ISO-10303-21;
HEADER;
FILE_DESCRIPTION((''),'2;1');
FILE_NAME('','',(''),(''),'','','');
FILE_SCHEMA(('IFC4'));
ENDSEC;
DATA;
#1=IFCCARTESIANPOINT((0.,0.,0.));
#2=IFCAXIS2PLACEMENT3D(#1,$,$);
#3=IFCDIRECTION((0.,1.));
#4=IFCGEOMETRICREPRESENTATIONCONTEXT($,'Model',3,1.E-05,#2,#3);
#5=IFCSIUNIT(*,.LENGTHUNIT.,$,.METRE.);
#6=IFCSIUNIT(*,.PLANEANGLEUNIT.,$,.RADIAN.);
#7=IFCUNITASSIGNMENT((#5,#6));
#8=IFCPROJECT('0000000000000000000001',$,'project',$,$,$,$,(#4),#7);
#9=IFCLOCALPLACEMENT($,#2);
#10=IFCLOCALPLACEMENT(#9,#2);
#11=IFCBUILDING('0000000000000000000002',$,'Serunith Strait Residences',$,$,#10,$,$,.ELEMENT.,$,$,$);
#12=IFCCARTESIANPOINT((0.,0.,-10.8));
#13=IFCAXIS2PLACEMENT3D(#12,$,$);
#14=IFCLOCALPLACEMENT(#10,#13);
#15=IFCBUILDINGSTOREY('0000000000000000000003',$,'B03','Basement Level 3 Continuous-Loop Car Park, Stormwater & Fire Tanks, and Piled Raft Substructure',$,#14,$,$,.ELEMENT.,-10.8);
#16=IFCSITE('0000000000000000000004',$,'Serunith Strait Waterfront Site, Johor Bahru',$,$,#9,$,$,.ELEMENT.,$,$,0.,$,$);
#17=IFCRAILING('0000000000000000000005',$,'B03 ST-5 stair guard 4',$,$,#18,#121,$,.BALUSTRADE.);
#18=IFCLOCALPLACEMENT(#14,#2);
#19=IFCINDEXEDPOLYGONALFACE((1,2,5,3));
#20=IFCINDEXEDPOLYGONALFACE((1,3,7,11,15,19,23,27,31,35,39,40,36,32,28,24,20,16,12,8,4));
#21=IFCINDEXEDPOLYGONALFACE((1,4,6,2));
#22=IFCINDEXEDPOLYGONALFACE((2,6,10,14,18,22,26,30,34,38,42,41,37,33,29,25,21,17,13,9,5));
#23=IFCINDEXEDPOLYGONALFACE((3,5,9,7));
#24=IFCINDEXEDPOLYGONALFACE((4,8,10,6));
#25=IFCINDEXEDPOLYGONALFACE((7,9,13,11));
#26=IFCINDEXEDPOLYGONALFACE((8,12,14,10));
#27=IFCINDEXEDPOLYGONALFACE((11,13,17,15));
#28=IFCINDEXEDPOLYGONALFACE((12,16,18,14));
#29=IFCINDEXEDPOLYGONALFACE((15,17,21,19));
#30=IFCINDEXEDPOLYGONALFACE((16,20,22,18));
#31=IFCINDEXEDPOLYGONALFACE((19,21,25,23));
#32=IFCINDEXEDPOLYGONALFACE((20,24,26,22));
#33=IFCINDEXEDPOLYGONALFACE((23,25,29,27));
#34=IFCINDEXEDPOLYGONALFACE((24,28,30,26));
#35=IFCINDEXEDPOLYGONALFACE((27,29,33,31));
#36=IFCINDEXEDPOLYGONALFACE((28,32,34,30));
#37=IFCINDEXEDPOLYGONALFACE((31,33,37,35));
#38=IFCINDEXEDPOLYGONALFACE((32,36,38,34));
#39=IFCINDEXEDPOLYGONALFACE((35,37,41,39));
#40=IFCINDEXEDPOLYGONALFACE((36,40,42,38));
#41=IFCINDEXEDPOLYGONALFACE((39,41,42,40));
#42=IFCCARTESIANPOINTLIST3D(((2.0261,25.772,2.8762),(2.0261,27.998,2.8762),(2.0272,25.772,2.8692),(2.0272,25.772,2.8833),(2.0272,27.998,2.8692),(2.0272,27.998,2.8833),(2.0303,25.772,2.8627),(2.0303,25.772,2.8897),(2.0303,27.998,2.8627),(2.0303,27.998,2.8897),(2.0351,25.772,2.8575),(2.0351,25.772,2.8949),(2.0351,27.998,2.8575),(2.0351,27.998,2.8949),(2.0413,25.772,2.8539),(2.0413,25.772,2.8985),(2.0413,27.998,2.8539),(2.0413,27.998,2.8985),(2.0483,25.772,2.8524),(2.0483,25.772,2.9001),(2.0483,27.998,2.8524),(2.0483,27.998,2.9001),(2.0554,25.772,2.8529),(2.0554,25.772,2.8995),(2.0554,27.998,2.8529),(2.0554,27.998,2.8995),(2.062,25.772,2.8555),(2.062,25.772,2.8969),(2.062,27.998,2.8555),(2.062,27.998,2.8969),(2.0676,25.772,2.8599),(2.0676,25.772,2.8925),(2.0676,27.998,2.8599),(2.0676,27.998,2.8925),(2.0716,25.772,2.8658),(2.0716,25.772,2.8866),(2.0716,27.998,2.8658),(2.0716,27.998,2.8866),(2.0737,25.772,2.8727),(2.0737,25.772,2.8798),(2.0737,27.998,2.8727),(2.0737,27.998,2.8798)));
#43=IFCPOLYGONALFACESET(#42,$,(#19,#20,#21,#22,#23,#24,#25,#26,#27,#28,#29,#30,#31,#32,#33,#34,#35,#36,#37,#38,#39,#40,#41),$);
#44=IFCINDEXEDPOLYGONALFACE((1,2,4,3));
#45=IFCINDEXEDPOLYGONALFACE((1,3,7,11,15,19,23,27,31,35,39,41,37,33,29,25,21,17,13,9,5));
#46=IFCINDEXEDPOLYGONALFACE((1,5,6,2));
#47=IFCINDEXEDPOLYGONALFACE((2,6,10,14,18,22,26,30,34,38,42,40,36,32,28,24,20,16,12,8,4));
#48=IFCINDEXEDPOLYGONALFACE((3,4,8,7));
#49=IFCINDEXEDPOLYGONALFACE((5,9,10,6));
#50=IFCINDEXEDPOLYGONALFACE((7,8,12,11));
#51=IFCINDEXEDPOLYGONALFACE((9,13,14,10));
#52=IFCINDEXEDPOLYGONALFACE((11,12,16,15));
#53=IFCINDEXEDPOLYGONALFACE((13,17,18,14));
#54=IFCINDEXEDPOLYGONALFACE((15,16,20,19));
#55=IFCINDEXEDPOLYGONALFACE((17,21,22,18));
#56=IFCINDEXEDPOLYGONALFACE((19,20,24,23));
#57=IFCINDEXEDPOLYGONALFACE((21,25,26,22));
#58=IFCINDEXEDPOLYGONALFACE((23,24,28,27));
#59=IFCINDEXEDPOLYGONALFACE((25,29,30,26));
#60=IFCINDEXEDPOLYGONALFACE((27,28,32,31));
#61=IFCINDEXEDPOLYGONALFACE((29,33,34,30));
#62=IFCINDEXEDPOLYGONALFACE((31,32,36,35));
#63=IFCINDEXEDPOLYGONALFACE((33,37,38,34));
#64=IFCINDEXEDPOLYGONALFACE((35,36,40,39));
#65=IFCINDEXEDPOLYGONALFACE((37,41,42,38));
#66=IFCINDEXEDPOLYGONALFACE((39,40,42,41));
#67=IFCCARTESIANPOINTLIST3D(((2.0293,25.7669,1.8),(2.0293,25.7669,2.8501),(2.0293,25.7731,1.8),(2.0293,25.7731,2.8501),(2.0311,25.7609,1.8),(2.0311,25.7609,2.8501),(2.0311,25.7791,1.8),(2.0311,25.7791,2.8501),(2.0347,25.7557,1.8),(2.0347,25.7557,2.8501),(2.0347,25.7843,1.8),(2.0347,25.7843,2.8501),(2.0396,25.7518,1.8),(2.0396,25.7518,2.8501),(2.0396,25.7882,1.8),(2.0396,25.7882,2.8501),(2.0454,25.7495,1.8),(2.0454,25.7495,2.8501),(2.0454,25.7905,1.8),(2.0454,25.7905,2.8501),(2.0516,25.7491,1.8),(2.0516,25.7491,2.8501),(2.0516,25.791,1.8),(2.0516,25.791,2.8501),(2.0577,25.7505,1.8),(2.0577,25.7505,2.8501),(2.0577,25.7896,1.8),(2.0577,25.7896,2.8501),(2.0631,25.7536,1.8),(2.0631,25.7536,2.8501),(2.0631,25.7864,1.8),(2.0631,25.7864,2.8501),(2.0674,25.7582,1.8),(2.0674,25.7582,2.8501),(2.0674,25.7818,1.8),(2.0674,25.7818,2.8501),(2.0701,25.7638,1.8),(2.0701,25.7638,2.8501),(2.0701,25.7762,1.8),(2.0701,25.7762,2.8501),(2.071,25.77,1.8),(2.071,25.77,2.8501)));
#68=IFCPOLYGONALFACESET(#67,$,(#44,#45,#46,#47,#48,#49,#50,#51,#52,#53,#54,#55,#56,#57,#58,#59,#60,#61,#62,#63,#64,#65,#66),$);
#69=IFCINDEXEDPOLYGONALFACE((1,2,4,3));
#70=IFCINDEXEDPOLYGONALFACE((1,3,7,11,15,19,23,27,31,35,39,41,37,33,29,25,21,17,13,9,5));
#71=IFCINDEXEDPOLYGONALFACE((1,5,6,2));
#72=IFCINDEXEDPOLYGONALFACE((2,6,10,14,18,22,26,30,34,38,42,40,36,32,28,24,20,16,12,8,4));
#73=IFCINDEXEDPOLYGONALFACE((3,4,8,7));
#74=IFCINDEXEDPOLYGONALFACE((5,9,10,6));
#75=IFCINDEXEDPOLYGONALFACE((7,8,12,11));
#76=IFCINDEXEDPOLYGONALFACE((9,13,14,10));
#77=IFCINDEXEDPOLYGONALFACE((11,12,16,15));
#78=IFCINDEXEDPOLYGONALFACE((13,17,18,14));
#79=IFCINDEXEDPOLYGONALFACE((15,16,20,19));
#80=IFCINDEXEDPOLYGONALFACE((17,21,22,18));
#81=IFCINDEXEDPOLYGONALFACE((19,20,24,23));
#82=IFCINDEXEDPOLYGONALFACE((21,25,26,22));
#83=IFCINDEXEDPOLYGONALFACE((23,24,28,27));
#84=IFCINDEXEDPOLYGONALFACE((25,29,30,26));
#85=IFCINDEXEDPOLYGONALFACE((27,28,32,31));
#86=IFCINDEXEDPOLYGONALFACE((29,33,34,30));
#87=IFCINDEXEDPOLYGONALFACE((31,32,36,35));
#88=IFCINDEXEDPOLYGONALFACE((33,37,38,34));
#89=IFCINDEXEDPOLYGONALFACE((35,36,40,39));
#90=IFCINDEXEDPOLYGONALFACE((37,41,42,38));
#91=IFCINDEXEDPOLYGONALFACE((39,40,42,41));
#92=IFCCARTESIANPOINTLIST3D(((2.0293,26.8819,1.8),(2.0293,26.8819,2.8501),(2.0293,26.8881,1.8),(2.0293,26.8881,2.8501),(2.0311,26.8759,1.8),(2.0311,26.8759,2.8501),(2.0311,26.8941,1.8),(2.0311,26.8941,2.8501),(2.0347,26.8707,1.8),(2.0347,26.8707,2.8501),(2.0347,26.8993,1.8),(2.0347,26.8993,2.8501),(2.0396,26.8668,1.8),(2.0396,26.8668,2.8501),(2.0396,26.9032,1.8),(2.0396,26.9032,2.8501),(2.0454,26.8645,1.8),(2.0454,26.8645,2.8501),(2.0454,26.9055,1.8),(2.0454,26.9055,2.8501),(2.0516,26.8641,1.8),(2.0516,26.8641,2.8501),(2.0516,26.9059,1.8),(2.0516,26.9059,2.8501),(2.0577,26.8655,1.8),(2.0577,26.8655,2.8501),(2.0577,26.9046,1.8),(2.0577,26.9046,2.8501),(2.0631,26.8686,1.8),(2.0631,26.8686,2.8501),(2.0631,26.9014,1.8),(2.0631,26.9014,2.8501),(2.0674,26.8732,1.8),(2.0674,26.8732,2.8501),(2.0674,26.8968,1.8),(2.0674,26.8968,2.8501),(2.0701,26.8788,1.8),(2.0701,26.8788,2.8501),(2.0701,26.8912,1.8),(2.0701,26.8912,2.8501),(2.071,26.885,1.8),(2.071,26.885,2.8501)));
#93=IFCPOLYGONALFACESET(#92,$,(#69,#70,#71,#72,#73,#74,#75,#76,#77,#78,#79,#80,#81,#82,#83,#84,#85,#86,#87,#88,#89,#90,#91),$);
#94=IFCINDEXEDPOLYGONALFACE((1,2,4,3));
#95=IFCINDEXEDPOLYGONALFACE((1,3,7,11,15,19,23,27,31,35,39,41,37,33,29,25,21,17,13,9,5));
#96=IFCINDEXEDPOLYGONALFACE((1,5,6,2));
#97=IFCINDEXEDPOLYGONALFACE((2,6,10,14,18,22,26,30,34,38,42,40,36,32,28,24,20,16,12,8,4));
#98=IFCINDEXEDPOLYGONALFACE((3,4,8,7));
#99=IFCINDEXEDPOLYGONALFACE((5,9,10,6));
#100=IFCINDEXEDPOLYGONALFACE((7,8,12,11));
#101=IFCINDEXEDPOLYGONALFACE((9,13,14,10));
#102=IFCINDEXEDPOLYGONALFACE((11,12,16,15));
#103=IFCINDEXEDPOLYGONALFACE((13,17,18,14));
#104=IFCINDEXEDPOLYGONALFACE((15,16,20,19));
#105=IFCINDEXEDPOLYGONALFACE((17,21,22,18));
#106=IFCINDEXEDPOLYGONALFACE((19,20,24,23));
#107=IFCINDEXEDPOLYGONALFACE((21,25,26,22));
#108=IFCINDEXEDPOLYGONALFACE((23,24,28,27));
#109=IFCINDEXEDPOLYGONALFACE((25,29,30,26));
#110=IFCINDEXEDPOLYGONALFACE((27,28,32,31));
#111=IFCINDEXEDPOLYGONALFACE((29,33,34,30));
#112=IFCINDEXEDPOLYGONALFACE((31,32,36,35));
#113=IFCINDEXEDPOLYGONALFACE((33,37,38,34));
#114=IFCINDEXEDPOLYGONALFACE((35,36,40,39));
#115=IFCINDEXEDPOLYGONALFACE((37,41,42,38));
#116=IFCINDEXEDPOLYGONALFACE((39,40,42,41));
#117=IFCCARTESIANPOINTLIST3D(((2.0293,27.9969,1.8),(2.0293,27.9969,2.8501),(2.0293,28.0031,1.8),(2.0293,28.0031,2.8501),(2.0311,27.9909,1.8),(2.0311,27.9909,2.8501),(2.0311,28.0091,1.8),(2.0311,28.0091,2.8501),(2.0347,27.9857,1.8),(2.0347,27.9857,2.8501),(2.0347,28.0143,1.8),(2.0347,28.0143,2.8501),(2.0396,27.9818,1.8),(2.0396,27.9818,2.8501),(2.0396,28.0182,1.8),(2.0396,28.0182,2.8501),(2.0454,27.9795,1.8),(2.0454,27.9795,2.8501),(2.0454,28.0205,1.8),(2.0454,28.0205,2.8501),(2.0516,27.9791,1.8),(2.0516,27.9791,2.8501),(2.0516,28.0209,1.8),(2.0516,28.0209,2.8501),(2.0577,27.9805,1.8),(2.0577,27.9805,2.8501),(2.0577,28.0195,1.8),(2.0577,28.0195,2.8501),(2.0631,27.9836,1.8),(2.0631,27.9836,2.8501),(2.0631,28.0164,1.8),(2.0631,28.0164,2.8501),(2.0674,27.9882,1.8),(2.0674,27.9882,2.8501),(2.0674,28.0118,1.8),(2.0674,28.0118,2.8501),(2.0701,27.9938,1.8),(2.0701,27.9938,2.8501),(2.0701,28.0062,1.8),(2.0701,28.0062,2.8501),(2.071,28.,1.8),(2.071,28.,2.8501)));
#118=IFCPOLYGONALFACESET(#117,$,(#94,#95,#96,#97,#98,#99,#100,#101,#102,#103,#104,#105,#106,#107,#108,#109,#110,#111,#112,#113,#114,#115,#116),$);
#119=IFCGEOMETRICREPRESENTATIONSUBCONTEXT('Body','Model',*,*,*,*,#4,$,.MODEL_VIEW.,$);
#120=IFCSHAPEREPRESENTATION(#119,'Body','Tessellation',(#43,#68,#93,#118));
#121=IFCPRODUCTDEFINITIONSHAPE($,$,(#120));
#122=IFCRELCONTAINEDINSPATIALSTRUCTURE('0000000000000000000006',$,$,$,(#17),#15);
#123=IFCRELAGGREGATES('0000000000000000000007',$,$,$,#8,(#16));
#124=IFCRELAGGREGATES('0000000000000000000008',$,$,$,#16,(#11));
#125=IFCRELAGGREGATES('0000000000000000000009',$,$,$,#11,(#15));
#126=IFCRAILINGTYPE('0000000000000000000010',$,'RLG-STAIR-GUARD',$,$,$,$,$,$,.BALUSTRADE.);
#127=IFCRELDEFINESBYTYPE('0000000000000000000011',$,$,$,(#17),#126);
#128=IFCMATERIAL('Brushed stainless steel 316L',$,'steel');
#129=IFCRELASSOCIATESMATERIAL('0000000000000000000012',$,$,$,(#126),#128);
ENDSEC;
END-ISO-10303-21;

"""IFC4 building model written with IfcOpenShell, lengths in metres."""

from ifc_helpers import new_model, si_unit, direction, frame, origin, origin_2d, place, context, subcontext, project, spatial, circle, extrude, material, type_object, element, save


model = new_model("IFC4")

# Units and contexts
model_context = context("Model", 3, precision=1e-05, world=origin(), true_north=direction((0.0, 1.0)))
body_context = subcontext(model_context, "Body", "Model", "MODEL_VIEW")
ifc_project = project(units=[si_unit("LENGTHUNIT", "METRE"), si_unit("PLANEANGLEUNIT", "RADIAN")], contexts=[model_context])

# Site, building, storey
site_placement = place(None, origin())
site = spatial("IfcSite", under=ifc_project, at=site_placement, Name="Serunith Strait Waterfront Site, Johor Bahru", CompositionType="ELEMENT", RefElevation=0.0)
building_placement = place(site_placement, origin())
building = spatial("IfcBuilding", under=site, at=building_placement, Name="Serunith Strait Residences", CompositionType="ELEMENT")
storey_placement = place(building_placement, frame((0.0, 0.0, -10.8)))
storey = spatial("IfcBuildingStorey", under=building, at=storey_placement, Name="B03", Description="Basement Level 3 Continuous-Loop Car Park, Stormwater & Fire Tanks, and Piled Raft Substructure", CompositionType="ELEMENT", Elevation=-10.8)

# Railing
ifc_material_1 = material(Name="Brushed stainless steel 316L", Category="steel")
railing_type_1 = type_object("IfcRailingType", Name="RLG-STAIR-GUARD", PredefinedType="BALUSTRADE", material=ifc_material_1)
for number, where, name in (
    (1, (2.05, 25.77, 1.8), "B03 ST-5 stair guard 4"),
):
    element("IfcRailing", number, at=place(storey_placement, frame(where)), inside=storey, type_object=railing_type_1, Name=name, PredefinedType="BALUSTRADE", context=body_context, shape_type="SweptSolid", body=[
        extrude(circle(Radius=0.0239, at=origin_2d()), frame((0.0, 0.002, 1.0762), z_axis=(0.0, 1.0, 0.0), x_axis=(-1.0, 0.0, 0.0)), (0.0, 0.0, 1.0), 2.2261),
        extrude(circle(Radius=0.021, at=origin_2d()), origin(), (0.0, 0.0, 1.0), 1.05),
        extrude(circle(Radius=0.021, at=origin_2d()), frame((0.0, 1.115, 0.0)), (0.0, 0.0, 1.0), 1.05),
        extrude(circle(Radius=0.021, at=origin_2d()), frame((0.0, 2.23, 0.0)), (0.0, 0.0, 1.0), 1.05),
    ])

save(model, "model.ifc")
